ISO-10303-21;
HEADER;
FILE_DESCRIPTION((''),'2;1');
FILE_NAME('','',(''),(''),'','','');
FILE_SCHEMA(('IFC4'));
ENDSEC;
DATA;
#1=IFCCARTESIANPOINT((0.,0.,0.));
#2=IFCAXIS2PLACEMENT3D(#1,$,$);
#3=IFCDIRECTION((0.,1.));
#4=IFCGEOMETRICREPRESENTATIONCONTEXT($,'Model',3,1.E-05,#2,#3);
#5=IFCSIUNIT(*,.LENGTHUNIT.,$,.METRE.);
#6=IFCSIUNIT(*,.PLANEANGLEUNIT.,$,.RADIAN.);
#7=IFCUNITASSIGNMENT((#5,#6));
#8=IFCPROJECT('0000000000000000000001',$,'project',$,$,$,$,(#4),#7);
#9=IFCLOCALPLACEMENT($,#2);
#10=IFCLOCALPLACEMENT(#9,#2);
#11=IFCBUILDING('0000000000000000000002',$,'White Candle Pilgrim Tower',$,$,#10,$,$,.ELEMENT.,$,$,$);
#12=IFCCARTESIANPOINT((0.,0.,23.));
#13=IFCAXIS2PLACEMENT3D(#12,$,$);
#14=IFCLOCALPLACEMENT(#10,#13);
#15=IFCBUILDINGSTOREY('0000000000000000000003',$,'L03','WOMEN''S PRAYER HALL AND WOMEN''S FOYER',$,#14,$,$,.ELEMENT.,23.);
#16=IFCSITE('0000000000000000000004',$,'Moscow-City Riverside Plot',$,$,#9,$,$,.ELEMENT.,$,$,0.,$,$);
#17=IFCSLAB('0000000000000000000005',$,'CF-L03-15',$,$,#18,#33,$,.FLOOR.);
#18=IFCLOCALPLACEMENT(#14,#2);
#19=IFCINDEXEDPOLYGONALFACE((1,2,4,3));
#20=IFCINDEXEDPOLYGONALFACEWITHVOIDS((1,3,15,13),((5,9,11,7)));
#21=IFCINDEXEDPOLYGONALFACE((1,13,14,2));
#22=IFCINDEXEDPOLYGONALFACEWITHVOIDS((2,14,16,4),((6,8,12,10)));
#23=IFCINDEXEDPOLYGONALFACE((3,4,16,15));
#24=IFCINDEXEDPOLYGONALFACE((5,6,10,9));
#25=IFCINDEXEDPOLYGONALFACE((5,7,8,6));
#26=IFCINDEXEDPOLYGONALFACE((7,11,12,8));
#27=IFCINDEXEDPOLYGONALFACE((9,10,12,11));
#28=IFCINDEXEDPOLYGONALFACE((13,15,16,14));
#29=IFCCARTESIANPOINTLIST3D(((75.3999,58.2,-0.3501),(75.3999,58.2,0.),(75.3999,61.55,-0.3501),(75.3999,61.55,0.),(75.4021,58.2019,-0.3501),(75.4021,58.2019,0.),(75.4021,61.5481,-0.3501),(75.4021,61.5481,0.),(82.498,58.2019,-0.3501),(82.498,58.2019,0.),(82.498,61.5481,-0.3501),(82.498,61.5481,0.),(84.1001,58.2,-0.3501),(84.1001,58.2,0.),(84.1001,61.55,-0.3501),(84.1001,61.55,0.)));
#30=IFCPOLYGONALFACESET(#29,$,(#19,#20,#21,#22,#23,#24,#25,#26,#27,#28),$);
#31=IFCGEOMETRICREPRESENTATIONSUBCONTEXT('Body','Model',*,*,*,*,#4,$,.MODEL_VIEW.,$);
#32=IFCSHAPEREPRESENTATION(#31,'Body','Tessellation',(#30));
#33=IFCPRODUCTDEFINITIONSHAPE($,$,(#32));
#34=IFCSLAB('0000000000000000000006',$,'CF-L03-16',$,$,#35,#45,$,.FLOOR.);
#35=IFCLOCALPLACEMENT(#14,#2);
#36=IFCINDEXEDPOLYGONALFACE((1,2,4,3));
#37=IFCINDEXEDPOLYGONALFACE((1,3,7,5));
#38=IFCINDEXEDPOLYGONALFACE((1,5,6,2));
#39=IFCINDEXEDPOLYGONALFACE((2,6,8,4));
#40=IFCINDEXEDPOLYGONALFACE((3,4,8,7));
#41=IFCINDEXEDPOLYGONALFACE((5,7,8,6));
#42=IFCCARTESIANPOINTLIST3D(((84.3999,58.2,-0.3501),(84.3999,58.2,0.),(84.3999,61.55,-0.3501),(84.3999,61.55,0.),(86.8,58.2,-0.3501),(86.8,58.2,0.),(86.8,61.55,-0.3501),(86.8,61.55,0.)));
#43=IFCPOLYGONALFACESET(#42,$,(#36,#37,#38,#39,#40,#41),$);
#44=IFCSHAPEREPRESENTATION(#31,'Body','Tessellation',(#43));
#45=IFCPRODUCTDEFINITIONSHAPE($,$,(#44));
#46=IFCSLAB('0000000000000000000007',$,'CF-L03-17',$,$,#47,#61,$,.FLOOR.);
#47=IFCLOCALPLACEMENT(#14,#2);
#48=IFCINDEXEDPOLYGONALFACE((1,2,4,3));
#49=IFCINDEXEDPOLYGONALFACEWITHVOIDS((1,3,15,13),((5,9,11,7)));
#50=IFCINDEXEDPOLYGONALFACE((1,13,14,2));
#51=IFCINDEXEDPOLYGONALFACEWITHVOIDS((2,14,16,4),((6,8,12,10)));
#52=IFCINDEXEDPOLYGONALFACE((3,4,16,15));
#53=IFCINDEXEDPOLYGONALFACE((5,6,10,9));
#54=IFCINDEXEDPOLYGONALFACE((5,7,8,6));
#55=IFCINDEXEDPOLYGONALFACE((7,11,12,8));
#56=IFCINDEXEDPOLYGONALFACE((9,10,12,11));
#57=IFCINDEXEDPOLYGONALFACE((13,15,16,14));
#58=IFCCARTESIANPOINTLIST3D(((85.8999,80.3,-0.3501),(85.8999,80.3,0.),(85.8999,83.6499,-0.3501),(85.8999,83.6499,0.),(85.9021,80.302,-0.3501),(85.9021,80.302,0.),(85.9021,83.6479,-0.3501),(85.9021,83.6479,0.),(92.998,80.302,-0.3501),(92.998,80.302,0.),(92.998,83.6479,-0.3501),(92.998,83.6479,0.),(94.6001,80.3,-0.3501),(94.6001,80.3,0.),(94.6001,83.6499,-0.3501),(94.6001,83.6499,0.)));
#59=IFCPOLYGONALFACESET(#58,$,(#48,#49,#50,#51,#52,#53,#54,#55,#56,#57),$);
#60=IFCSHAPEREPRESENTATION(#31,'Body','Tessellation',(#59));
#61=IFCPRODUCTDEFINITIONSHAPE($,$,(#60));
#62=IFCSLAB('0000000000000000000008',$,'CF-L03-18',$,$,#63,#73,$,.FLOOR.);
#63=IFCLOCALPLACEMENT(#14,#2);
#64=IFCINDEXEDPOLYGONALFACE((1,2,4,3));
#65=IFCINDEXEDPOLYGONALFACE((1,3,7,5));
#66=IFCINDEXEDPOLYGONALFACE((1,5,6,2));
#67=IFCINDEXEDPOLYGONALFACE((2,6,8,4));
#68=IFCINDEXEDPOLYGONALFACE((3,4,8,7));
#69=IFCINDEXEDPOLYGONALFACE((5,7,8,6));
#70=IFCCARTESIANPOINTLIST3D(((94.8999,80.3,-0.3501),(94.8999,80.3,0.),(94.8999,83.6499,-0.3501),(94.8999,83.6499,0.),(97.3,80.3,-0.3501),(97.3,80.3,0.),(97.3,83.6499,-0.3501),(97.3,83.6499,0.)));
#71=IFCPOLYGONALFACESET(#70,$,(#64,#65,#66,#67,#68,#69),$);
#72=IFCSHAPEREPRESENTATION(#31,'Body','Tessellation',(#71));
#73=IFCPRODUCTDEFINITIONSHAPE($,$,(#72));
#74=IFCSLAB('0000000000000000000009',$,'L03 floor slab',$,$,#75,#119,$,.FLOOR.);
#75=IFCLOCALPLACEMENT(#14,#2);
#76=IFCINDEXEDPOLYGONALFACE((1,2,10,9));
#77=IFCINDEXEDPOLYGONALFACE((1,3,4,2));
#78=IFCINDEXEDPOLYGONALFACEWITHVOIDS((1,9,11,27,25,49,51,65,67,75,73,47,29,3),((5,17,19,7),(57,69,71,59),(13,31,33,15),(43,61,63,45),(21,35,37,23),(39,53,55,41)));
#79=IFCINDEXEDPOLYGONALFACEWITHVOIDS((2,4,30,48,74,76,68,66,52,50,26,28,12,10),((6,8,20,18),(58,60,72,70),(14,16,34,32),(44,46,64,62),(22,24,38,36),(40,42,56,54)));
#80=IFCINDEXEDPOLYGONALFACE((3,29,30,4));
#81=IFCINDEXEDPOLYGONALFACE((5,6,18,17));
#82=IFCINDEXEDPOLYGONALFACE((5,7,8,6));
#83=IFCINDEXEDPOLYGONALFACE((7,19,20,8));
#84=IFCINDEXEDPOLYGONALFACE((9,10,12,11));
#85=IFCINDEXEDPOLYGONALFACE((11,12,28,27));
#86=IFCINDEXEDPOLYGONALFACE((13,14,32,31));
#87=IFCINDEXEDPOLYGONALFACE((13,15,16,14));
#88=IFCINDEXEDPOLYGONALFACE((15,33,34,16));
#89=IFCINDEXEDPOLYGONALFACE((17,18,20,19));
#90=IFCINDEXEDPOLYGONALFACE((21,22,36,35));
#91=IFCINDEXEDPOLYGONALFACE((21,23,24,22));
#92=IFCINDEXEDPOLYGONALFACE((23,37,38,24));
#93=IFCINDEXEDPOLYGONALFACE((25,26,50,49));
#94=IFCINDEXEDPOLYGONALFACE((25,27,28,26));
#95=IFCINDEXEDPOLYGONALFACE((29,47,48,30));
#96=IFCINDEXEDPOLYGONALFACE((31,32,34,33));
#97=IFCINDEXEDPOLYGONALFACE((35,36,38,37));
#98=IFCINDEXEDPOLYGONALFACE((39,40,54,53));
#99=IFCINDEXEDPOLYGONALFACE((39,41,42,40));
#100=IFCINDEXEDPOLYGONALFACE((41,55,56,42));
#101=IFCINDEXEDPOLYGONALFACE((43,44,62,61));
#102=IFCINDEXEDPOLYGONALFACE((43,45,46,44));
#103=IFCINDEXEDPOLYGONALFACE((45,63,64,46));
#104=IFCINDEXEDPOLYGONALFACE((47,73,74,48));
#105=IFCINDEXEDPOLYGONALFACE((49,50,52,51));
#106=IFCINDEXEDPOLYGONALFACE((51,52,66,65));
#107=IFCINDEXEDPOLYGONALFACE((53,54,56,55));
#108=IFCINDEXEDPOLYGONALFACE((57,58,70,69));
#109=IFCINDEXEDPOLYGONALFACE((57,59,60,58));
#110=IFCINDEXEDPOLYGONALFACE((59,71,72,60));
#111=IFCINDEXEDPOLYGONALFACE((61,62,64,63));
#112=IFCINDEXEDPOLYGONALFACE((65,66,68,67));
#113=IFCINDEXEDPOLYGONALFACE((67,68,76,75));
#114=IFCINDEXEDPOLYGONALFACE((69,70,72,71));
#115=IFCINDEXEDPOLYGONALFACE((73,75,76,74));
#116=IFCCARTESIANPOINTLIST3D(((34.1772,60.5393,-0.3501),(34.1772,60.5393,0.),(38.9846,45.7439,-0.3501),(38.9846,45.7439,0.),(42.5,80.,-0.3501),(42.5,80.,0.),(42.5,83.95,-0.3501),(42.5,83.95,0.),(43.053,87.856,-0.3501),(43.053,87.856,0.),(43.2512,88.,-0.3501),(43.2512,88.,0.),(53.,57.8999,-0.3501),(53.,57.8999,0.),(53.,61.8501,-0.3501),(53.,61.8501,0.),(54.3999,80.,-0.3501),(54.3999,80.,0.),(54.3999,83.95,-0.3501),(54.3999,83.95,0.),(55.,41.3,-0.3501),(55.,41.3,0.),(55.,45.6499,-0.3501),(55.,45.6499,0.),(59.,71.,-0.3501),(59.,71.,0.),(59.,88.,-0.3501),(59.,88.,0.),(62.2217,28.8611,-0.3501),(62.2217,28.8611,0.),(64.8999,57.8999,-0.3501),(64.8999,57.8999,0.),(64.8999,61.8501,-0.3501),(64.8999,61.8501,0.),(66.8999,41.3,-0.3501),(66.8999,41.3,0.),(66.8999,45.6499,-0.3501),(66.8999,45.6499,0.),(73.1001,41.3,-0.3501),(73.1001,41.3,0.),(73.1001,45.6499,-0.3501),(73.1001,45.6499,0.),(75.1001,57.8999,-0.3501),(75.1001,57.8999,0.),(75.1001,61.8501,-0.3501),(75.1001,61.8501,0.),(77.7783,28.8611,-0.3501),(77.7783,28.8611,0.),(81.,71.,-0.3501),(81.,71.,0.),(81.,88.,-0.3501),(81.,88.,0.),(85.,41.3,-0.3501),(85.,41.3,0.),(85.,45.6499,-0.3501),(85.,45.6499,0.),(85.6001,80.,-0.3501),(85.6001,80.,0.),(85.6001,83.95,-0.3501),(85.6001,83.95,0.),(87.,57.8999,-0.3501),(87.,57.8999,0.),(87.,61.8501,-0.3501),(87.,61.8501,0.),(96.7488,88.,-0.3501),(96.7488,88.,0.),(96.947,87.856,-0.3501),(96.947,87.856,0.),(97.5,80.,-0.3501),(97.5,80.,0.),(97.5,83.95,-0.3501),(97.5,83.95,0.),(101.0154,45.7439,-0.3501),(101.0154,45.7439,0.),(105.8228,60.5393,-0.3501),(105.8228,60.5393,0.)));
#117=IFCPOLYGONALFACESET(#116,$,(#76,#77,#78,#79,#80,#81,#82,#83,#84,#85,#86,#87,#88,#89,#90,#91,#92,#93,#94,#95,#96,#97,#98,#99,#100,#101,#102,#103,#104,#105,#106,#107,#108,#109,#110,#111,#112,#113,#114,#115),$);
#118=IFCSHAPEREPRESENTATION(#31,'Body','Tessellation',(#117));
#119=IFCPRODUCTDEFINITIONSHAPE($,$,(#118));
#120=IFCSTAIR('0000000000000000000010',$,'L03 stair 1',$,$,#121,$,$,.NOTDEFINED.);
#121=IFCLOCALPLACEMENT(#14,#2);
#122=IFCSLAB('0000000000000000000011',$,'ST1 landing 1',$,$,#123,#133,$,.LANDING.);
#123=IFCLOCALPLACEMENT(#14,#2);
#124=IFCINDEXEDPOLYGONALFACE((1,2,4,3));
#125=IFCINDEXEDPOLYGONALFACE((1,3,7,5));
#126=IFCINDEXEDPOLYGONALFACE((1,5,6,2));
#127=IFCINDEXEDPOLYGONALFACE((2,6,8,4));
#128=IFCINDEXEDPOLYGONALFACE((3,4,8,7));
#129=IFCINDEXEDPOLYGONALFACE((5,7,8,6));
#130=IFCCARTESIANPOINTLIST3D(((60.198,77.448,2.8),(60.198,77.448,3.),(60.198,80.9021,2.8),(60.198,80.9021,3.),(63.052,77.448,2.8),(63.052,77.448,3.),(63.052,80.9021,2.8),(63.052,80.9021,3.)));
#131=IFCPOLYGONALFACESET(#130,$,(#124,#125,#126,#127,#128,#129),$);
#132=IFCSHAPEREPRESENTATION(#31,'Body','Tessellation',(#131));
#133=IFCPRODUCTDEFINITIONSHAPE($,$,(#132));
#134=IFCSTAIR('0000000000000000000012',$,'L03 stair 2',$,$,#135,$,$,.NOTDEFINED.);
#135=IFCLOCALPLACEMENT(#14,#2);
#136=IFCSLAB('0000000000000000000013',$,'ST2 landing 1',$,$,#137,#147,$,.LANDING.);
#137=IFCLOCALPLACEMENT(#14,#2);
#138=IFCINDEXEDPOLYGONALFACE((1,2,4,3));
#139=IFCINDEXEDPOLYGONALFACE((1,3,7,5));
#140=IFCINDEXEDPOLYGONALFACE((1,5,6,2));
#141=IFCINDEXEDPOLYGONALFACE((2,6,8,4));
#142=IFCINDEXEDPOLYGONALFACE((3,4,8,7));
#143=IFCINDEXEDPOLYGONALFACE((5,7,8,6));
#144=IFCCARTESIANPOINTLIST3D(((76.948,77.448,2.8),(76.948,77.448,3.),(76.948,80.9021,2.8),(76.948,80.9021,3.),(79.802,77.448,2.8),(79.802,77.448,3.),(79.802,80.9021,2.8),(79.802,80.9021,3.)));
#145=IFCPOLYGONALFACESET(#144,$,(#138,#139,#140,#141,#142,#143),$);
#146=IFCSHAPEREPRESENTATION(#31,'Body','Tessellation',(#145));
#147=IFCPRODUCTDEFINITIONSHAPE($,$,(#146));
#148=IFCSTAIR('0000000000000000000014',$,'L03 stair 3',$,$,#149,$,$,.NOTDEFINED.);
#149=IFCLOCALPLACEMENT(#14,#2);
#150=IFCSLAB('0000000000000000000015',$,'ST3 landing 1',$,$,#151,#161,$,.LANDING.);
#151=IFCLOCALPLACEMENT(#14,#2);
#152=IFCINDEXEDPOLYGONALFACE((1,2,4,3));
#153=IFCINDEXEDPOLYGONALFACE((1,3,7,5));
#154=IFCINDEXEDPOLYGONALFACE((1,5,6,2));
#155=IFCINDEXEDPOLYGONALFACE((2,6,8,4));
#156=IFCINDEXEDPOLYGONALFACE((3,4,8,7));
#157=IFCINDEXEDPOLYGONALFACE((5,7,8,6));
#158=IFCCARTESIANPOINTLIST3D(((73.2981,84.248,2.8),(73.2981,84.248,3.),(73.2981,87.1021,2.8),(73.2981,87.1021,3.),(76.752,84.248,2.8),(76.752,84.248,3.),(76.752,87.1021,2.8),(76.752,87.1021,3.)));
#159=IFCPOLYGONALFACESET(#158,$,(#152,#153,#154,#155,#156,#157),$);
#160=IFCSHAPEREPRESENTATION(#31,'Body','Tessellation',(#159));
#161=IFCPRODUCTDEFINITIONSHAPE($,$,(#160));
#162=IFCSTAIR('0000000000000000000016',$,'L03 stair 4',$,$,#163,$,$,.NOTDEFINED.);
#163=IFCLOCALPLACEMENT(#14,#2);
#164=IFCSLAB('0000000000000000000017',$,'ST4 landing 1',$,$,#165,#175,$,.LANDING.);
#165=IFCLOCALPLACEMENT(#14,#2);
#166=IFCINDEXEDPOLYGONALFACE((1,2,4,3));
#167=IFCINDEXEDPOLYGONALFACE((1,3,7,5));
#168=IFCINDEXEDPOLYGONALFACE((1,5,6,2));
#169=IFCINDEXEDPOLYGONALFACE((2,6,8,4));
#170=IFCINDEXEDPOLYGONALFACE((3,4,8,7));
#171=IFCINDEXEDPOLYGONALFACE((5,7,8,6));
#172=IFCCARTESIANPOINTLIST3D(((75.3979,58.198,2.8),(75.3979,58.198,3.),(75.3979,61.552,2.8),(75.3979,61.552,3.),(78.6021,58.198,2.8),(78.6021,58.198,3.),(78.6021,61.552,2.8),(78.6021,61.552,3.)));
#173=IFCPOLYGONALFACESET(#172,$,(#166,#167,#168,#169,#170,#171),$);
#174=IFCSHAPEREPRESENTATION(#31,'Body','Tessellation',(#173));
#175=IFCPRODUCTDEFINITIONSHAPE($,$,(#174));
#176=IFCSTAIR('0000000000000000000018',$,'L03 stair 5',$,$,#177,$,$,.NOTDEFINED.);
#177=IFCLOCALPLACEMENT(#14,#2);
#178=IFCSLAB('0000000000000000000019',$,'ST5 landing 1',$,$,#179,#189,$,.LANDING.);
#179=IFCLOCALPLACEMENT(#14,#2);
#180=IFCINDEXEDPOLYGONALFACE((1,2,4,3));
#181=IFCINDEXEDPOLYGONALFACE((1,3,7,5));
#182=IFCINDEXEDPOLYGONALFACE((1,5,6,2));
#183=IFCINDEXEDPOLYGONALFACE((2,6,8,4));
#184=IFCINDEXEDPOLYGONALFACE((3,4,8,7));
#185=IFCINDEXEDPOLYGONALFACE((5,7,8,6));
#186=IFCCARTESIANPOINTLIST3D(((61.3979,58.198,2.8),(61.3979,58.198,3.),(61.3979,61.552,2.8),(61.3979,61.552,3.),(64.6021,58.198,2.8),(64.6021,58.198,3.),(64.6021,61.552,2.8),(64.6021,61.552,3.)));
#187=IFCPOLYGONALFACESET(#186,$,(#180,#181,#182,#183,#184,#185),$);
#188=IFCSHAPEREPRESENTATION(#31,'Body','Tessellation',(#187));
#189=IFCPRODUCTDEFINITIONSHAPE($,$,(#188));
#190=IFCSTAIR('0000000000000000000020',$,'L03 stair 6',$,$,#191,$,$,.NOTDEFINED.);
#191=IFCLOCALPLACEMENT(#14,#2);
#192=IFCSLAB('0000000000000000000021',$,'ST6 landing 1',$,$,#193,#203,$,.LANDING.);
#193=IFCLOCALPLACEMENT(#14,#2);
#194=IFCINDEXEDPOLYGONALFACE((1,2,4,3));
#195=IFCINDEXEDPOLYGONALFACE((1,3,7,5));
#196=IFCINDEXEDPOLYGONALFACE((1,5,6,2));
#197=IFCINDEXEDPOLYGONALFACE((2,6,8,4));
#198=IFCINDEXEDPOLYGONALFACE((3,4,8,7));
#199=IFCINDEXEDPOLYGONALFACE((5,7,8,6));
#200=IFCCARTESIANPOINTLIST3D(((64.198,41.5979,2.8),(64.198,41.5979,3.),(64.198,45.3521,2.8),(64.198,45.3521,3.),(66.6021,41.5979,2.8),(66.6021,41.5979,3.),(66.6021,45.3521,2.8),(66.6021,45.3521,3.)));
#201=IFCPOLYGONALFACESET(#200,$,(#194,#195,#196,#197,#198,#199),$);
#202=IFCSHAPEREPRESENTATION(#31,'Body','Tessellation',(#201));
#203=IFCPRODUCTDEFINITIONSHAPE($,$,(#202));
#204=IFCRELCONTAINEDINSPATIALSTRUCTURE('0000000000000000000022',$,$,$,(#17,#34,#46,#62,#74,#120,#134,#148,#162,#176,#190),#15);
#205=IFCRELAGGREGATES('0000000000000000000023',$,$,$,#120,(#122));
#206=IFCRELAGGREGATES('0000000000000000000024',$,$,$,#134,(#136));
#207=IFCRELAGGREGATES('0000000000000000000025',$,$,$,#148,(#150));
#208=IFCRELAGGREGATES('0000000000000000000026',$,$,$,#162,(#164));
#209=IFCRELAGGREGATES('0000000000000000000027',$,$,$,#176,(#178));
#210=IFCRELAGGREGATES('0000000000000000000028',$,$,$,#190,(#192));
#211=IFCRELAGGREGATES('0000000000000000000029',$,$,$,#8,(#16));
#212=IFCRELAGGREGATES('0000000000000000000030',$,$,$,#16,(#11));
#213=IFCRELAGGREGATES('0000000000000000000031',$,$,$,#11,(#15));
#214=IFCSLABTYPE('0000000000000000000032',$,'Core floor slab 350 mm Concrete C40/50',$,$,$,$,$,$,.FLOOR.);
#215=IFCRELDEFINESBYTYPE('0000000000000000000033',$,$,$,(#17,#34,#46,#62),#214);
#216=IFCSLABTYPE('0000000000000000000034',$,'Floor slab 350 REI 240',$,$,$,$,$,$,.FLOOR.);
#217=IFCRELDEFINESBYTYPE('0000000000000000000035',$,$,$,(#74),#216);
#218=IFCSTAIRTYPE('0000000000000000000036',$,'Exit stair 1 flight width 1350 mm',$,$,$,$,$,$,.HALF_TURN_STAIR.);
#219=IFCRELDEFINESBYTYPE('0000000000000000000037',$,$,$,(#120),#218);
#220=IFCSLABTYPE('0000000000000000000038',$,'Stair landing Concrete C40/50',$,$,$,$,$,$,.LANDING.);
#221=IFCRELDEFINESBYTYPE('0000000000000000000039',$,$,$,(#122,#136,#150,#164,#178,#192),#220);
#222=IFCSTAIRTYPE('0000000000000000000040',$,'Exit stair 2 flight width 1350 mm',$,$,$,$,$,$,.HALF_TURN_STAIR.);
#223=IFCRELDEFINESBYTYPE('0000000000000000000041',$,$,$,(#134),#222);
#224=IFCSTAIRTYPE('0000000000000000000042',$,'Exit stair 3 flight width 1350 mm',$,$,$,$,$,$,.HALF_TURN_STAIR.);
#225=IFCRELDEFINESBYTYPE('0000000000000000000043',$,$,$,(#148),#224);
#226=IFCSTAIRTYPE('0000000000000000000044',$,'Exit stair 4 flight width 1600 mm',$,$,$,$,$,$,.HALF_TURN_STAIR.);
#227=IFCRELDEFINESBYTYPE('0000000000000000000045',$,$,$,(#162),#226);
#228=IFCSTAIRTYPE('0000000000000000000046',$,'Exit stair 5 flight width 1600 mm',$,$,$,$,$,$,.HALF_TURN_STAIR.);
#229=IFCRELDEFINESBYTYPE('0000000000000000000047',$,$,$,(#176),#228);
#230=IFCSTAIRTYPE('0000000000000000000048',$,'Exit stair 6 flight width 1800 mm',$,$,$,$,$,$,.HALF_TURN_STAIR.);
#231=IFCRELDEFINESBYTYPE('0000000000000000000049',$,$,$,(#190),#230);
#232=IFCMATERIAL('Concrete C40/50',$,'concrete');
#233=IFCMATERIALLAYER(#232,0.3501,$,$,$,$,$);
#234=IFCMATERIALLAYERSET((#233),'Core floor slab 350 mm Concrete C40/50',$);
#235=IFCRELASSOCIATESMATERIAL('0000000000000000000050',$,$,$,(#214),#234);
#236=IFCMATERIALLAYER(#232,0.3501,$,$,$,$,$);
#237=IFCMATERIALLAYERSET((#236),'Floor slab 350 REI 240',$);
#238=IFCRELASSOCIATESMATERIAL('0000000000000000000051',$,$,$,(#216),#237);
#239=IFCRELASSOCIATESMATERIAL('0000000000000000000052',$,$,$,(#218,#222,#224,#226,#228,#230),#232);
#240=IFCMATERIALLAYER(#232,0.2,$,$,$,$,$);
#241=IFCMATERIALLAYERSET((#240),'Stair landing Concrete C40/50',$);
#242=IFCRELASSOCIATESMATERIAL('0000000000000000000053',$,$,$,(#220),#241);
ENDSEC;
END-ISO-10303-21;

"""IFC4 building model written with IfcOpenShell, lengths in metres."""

from ifc_helpers import new_model, si_unit, direction, frame, origin, place, context, subcontext, project, spatial, polyline, outline, extrude, material, layer, layer_set, type_object, element, aggregate, save


model = new_model("IFC4")

# Units and contexts
model_context = context("Model", 3, precision=1e-05, world=origin(), true_north=direction((0.0, 1.0)))
body_context = subcontext(model_context, "Body", "Model", "MODEL_VIEW")
ifc_project = project(units=[si_unit("LENGTHUNIT", "METRE"), si_unit("PLANEANGLEUNIT", "RADIAN")], contexts=[model_context])

# Site, building, storey
site_placement = place(None, origin())
site = spatial("IfcSite", under=ifc_project, at=site_placement, Name="Moscow-City Riverside Plot", CompositionType="ELEMENT", RefElevation=0.0)
building_placement = place(site_placement, origin())
building = spatial("IfcBuilding", under=site, at=building_placement, Name="White Candle Pilgrim Tower", CompositionType="ELEMENT")
storey_placement = place(building_placement, frame((0.0, 0.0, 23.0)))
storey = spatial("IfcBuildingStorey", under=building, at=storey_placement, Name="L03", Description="WOMEN'S PRAYER HALL AND WOMEN'S FOYER", CompositionType="ELEMENT", Elevation=23.0)

# Slabs
ifc_material_1 = material(Name="Concrete C40/50", Category="concrete")
ifc_layer_1 = layer(ifc_material_1, 0.3501)
ifc_layer_set_1 = layer_set([ifc_layer_1], Name="Core floor slab 350 mm Concrete C40/50")
slab_type_1 = type_object("IfcSlabType", Name="Core floor slab 350 mm Concrete C40/50", PredefinedType="FLOOR", material=ifc_layer_set_1)
slab_1_placement = place(storey_placement, frame((0.0, 0.0, -0.3501)))
element("IfcSlab", 1, at=slab_1_placement, inside=storey, type_object=slab_type_1, Name="CF-L03-15", PredefinedType="FLOOR", context=body_context, shape_type="SweptSolid", body=[
    extrude(outline(polyline([(75.3999, 61.55), (84.1001, 61.55), (84.1001, 58.2), (75.3999, 58.2), (75.3999, 61.55)]), holes=[polyline([(75.4021, 58.2019), (82.498, 58.2019), (82.498, 61.5481), (75.4021, 61.5481), (75.4021, 58.2019)])]), origin(), (0.0, 0.0, 1.0), 0.3501),
])
slab_2_placement = place(storey_placement, frame((0.0, 0.0, -0.3501)))
element("IfcSlab", 2, at=slab_2_placement, inside=storey, type_object=slab_type_1, Name="CF-L03-16", PredefinedType="FLOOR", context=body_context, shape_type="SweptSolid", body=[
    extrude(outline(polyline([(84.3999, 61.55), (86.8, 61.55), (86.8, 58.2), (84.3999, 58.2), (84.3999, 61.55)])), origin(), (0.0, 0.0, 1.0), 0.3501),
])
slab_3_placement = place(storey_placement, frame((0.0, 0.0, -0.3501)))
element("IfcSlab", 3, at=slab_3_placement, inside=storey, type_object=slab_type_1, Name="CF-L03-17", PredefinedType="FLOOR", context=body_context, shape_type="SweptSolid", body=[
    extrude(outline(polyline([(94.6001, 83.6499), (94.6001, 80.3), (85.8999, 80.3), (85.8999, 83.6499), (94.6001, 83.6499)]), holes=[polyline([(92.998, 80.302), (92.998, 83.6479), (85.9021, 83.6479), (85.9021, 80.302), (92.998, 80.302)])]), origin(), (0.0, 0.0, 1.0), 0.3501),
])
slab_4_placement = place(storey_placement, frame((0.0, 0.0, -0.3501)))
element("IfcSlab", 4, at=slab_4_placement, inside=storey, type_object=slab_type_1, Name="CF-L03-18", PredefinedType="FLOOR", context=body_context, shape_type="SweptSolid", body=[
    extrude(outline(polyline([(97.3, 83.6499), (97.3, 80.3), (94.8999, 80.3), (94.8999, 83.6499), (97.3, 83.6499)])), origin(), (0.0, 0.0, 1.0), 0.3501),
])
ifc_layer_2 = layer(ifc_material_1, 0.3501)
ifc_layer_set_2 = layer_set([ifc_layer_2], Name="Floor slab 350 REI 240")
slab_type_2 = type_object("IfcSlabType", Name="Floor slab 350 REI 240", PredefinedType="FLOOR", material=ifc_layer_set_2)
slab_5_placement = place(storey_placement, frame((0.0, 0.0, -0.3501)))
element("IfcSlab", 5, at=slab_5_placement, inside=storey, type_object=slab_type_2, Name="L03 floor slab", PredefinedType="FLOOR", context=body_context, shape_type="SweptSolid", body=[
    extrude(outline(polyline([(62.2217, 28.8611), (77.7783, 28.8611), (101.0154, 45.7439), (105.8228, 60.5393), (96.947, 87.856), (96.7488, 88.0), (81.0, 88.0), (81.0, 71.0), (59.0, 71.0), (59.0, 88.0), (43.2512, 88.0), (43.053, 87.856), (34.1772, 60.5393), (38.9846, 45.7439), (62.2217, 28.8611)]), holes=[polyline([(55.0, 41.3), (55.0, 45.6499), (66.8999, 45.6499), (66.8999, 41.3), (55.0, 41.3)]), polyline([(73.1001, 41.3), (73.1001, 45.6499), (85.0, 45.6499), (85.0, 41.3), (73.1001, 41.3)]), polyline([(53.0, 57.8999), (53.0, 61.8501), (64.8999, 61.8501), (64.8999, 57.8999), (53.0, 57.8999)]), polyline([(75.1001, 57.8999), (75.1001, 61.8501), (87.0, 61.8501), (87.0, 57.8999), (75.1001, 57.8999)]), polyline([(42.5, 80.0), (42.5, 83.95), (54.3999, 83.95), (54.3999, 80.0), (42.5, 80.0)]), polyline([(85.6001, 80.0), (85.6001, 83.95), (97.5, 83.95), (97.5, 80.0), (85.6001, 80.0)])]), origin(), (0.0, 0.0, 1.0), 0.3501),
])

# Stairs, slabs
stair_type_1 = type_object("IfcStairType", Name="Exit stair 1 flight width 1350 mm", PredefinedType="HALF_TURN_STAIR", material=ifc_material_1)
stair_1_placement = place(storey_placement, origin())
stair_1 = element("IfcStair", 6, at=stair_1_placement, inside=storey, type_object=stair_type_1, Name="L03 stair 1", PredefinedType="NOTDEFINED")
ifc_layer_3 = layer(ifc_material_1, 0.2)
ifc_layer_set_3 = layer_set([ifc_layer_3], Name="Stair landing Concrete C40/50")
slab_type_3 = type_object("IfcSlabType", Name="Stair landing Concrete C40/50", PredefinedType="LANDING", material=ifc_layer_set_3)
slab_6_placement = place(storey_placement, frame((0.0, 0.0, 2.8)))
slab_6 = element("IfcSlab", 7, at=slab_6_placement, type_object=slab_type_3, Name="ST1 landing 1", PredefinedType="LANDING", context=body_context, shape_type="SweptSolid", body=[
    extrude(outline(polyline([(63.052, 77.448), (60.198, 77.448), (60.198, 80.9021), (63.052, 80.9021), (63.052, 77.448)])), origin(), (0.0, 0.0, 1.0), 0.2),
])
aggregate(stair_1, [slab_6])
stair_type_2 = type_object("IfcStairType", Name="Exit stair 2 flight width 1350 mm", PredefinedType="HALF_TURN_STAIR", material=ifc_material_1)
stair_2_placement = place(storey_placement, origin())
stair_2 = element("IfcStair", 8, at=stair_2_placement, inside=storey, type_object=stair_type_2, Name="L03 stair 2", PredefinedType="NOTDEFINED")
slab_7_placement = place(storey_placement, frame((0.0, 0.0, 2.8)))
slab_7 = element("IfcSlab", 9, at=slab_7_placement, type_object=slab_type_3, Name="ST2 landing 1", PredefinedType="LANDING", context=body_context, shape_type="SweptSolid", body=[
    extrude(outline(polyline([(79.802, 77.448), (76.948, 77.448), (76.948, 80.9021), (79.802, 80.9021), (79.802, 77.448)])), origin(), (0.0, 0.0, 1.0), 0.2),
])
aggregate(stair_2, [slab_7])
stair_type_3 = type_object("IfcStairType", Name="Exit stair 3 flight width 1350 mm", PredefinedType="HALF_TURN_STAIR", material=ifc_material_1)
stair_3_placement = place(storey_placement, origin())
stair_3 = element("IfcStair", 10, at=stair_3_placement, inside=storey, type_object=stair_type_3, Name="L03 stair 3", PredefinedType="NOTDEFINED")
slab_8_placement = place(storey_placement, frame((0.0, 0.0, 2.8)))
slab_8 = element("IfcSlab", 11, at=slab_8_placement, type_object=slab_type_3, Name="ST3 landing 1", PredefinedType="LANDING", context=body_context, shape_type="SweptSolid", body=[
    extrude(outline(polyline([(73.2981, 84.248), (73.2981, 87.1021), (76.752, 87.1021), (76.752, 84.248), (73.2981, 84.248)])), origin(), (0.0, 0.0, 1.0), 0.2),
])
aggregate(stair_3, [slab_8])
stair_type_4 = type_object("IfcStairType", Name="Exit stair 4 flight width 1600 mm", PredefinedType="HALF_TURN_STAIR", material=ifc_material_1)
stair_4_placement = place(storey_placement, origin())
stair_4 = element("IfcStair", 12, at=stair_4_placement, inside=storey, type_object=stair_type_4, Name="L03 stair 4", PredefinedType="NOTDEFINED")
slab_9_placement = place(storey_placement, frame((0.0, 0.0, 2.8)))
slab_9 = element("IfcSlab", 13, at=slab_9_placement, type_object=slab_type_3, Name="ST4 landing 1", PredefinedType="LANDING", context=body_context, shape_type="SweptSolid", body=[
    extrude(outline(polyline([(78.6021, 61.552), (78.6021, 58.198), (75.3979, 58.198), (75.3979, 61.552), (78.6021, 61.552)])), origin(), (0.0, 0.0, 1.0), 0.2),
])
aggregate(stair_4, [slab_9])
stair_type_5 = type_object("IfcStairType", Name="Exit stair 5 flight width 1600 mm", PredefinedType="HALF_TURN_STAIR", material=ifc_material_1)
stair_5_placement = place(storey_placement, origin())
stair_5 = element("IfcStair", 14, at=stair_5_placement, inside=storey, type_object=stair_type_5, Name="L03 stair 5", PredefinedType="NOTDEFINED")
slab_10_placement = place(storey_placement, frame((0.0, 0.0, 2.8)))
slab_10 = element("IfcSlab", 15, at=slab_10_placement, type_object=slab_type_3, Name="ST5 landing 1", PredefinedType="LANDING", context=body_context, shape_type="SweptSolid", body=[
    extrude(outline(polyline([(61.3979, 58.198), (61.3979, 61.552), (64.6021, 61.552), (64.6021, 58.198), (61.3979, 58.198)])), origin(), (0.0, 0.0, 1.0), 0.2),
])
aggregate(stair_5, [slab_10])
stair_type_6 = type_object("IfcStairType", Name="Exit stair 6 flight width 1800 mm", PredefinedType="HALF_TURN_STAIR", material=ifc_material_1)
stair_6_placement = place(storey_placement, origin())
stair_6 = element("IfcStair", 16, at=stair_6_placement, inside=storey, type_object=stair_type_6, Name="L03 stair 6", PredefinedType="NOTDEFINED")
slab_11_placement = place(storey_placement, frame((0.0, 0.0, 2.8)))
slab_11 = element("IfcSlab", 17, at=slab_11_placement, type_object=slab_type_3, Name="ST6 landing 1", PredefinedType="LANDING", context=body_context, shape_type="SweptSolid", body=[
    extrude(outline(polyline([(64.198, 41.5979), (64.198, 45.3521), (66.6021, 45.3521), (66.6021, 41.5979), (64.198, 41.5979)])), origin(), (0.0, 0.0, 1.0), 0.2),
])
aggregate(stair_6, [slab_11])

save(model, "model.ifc")
